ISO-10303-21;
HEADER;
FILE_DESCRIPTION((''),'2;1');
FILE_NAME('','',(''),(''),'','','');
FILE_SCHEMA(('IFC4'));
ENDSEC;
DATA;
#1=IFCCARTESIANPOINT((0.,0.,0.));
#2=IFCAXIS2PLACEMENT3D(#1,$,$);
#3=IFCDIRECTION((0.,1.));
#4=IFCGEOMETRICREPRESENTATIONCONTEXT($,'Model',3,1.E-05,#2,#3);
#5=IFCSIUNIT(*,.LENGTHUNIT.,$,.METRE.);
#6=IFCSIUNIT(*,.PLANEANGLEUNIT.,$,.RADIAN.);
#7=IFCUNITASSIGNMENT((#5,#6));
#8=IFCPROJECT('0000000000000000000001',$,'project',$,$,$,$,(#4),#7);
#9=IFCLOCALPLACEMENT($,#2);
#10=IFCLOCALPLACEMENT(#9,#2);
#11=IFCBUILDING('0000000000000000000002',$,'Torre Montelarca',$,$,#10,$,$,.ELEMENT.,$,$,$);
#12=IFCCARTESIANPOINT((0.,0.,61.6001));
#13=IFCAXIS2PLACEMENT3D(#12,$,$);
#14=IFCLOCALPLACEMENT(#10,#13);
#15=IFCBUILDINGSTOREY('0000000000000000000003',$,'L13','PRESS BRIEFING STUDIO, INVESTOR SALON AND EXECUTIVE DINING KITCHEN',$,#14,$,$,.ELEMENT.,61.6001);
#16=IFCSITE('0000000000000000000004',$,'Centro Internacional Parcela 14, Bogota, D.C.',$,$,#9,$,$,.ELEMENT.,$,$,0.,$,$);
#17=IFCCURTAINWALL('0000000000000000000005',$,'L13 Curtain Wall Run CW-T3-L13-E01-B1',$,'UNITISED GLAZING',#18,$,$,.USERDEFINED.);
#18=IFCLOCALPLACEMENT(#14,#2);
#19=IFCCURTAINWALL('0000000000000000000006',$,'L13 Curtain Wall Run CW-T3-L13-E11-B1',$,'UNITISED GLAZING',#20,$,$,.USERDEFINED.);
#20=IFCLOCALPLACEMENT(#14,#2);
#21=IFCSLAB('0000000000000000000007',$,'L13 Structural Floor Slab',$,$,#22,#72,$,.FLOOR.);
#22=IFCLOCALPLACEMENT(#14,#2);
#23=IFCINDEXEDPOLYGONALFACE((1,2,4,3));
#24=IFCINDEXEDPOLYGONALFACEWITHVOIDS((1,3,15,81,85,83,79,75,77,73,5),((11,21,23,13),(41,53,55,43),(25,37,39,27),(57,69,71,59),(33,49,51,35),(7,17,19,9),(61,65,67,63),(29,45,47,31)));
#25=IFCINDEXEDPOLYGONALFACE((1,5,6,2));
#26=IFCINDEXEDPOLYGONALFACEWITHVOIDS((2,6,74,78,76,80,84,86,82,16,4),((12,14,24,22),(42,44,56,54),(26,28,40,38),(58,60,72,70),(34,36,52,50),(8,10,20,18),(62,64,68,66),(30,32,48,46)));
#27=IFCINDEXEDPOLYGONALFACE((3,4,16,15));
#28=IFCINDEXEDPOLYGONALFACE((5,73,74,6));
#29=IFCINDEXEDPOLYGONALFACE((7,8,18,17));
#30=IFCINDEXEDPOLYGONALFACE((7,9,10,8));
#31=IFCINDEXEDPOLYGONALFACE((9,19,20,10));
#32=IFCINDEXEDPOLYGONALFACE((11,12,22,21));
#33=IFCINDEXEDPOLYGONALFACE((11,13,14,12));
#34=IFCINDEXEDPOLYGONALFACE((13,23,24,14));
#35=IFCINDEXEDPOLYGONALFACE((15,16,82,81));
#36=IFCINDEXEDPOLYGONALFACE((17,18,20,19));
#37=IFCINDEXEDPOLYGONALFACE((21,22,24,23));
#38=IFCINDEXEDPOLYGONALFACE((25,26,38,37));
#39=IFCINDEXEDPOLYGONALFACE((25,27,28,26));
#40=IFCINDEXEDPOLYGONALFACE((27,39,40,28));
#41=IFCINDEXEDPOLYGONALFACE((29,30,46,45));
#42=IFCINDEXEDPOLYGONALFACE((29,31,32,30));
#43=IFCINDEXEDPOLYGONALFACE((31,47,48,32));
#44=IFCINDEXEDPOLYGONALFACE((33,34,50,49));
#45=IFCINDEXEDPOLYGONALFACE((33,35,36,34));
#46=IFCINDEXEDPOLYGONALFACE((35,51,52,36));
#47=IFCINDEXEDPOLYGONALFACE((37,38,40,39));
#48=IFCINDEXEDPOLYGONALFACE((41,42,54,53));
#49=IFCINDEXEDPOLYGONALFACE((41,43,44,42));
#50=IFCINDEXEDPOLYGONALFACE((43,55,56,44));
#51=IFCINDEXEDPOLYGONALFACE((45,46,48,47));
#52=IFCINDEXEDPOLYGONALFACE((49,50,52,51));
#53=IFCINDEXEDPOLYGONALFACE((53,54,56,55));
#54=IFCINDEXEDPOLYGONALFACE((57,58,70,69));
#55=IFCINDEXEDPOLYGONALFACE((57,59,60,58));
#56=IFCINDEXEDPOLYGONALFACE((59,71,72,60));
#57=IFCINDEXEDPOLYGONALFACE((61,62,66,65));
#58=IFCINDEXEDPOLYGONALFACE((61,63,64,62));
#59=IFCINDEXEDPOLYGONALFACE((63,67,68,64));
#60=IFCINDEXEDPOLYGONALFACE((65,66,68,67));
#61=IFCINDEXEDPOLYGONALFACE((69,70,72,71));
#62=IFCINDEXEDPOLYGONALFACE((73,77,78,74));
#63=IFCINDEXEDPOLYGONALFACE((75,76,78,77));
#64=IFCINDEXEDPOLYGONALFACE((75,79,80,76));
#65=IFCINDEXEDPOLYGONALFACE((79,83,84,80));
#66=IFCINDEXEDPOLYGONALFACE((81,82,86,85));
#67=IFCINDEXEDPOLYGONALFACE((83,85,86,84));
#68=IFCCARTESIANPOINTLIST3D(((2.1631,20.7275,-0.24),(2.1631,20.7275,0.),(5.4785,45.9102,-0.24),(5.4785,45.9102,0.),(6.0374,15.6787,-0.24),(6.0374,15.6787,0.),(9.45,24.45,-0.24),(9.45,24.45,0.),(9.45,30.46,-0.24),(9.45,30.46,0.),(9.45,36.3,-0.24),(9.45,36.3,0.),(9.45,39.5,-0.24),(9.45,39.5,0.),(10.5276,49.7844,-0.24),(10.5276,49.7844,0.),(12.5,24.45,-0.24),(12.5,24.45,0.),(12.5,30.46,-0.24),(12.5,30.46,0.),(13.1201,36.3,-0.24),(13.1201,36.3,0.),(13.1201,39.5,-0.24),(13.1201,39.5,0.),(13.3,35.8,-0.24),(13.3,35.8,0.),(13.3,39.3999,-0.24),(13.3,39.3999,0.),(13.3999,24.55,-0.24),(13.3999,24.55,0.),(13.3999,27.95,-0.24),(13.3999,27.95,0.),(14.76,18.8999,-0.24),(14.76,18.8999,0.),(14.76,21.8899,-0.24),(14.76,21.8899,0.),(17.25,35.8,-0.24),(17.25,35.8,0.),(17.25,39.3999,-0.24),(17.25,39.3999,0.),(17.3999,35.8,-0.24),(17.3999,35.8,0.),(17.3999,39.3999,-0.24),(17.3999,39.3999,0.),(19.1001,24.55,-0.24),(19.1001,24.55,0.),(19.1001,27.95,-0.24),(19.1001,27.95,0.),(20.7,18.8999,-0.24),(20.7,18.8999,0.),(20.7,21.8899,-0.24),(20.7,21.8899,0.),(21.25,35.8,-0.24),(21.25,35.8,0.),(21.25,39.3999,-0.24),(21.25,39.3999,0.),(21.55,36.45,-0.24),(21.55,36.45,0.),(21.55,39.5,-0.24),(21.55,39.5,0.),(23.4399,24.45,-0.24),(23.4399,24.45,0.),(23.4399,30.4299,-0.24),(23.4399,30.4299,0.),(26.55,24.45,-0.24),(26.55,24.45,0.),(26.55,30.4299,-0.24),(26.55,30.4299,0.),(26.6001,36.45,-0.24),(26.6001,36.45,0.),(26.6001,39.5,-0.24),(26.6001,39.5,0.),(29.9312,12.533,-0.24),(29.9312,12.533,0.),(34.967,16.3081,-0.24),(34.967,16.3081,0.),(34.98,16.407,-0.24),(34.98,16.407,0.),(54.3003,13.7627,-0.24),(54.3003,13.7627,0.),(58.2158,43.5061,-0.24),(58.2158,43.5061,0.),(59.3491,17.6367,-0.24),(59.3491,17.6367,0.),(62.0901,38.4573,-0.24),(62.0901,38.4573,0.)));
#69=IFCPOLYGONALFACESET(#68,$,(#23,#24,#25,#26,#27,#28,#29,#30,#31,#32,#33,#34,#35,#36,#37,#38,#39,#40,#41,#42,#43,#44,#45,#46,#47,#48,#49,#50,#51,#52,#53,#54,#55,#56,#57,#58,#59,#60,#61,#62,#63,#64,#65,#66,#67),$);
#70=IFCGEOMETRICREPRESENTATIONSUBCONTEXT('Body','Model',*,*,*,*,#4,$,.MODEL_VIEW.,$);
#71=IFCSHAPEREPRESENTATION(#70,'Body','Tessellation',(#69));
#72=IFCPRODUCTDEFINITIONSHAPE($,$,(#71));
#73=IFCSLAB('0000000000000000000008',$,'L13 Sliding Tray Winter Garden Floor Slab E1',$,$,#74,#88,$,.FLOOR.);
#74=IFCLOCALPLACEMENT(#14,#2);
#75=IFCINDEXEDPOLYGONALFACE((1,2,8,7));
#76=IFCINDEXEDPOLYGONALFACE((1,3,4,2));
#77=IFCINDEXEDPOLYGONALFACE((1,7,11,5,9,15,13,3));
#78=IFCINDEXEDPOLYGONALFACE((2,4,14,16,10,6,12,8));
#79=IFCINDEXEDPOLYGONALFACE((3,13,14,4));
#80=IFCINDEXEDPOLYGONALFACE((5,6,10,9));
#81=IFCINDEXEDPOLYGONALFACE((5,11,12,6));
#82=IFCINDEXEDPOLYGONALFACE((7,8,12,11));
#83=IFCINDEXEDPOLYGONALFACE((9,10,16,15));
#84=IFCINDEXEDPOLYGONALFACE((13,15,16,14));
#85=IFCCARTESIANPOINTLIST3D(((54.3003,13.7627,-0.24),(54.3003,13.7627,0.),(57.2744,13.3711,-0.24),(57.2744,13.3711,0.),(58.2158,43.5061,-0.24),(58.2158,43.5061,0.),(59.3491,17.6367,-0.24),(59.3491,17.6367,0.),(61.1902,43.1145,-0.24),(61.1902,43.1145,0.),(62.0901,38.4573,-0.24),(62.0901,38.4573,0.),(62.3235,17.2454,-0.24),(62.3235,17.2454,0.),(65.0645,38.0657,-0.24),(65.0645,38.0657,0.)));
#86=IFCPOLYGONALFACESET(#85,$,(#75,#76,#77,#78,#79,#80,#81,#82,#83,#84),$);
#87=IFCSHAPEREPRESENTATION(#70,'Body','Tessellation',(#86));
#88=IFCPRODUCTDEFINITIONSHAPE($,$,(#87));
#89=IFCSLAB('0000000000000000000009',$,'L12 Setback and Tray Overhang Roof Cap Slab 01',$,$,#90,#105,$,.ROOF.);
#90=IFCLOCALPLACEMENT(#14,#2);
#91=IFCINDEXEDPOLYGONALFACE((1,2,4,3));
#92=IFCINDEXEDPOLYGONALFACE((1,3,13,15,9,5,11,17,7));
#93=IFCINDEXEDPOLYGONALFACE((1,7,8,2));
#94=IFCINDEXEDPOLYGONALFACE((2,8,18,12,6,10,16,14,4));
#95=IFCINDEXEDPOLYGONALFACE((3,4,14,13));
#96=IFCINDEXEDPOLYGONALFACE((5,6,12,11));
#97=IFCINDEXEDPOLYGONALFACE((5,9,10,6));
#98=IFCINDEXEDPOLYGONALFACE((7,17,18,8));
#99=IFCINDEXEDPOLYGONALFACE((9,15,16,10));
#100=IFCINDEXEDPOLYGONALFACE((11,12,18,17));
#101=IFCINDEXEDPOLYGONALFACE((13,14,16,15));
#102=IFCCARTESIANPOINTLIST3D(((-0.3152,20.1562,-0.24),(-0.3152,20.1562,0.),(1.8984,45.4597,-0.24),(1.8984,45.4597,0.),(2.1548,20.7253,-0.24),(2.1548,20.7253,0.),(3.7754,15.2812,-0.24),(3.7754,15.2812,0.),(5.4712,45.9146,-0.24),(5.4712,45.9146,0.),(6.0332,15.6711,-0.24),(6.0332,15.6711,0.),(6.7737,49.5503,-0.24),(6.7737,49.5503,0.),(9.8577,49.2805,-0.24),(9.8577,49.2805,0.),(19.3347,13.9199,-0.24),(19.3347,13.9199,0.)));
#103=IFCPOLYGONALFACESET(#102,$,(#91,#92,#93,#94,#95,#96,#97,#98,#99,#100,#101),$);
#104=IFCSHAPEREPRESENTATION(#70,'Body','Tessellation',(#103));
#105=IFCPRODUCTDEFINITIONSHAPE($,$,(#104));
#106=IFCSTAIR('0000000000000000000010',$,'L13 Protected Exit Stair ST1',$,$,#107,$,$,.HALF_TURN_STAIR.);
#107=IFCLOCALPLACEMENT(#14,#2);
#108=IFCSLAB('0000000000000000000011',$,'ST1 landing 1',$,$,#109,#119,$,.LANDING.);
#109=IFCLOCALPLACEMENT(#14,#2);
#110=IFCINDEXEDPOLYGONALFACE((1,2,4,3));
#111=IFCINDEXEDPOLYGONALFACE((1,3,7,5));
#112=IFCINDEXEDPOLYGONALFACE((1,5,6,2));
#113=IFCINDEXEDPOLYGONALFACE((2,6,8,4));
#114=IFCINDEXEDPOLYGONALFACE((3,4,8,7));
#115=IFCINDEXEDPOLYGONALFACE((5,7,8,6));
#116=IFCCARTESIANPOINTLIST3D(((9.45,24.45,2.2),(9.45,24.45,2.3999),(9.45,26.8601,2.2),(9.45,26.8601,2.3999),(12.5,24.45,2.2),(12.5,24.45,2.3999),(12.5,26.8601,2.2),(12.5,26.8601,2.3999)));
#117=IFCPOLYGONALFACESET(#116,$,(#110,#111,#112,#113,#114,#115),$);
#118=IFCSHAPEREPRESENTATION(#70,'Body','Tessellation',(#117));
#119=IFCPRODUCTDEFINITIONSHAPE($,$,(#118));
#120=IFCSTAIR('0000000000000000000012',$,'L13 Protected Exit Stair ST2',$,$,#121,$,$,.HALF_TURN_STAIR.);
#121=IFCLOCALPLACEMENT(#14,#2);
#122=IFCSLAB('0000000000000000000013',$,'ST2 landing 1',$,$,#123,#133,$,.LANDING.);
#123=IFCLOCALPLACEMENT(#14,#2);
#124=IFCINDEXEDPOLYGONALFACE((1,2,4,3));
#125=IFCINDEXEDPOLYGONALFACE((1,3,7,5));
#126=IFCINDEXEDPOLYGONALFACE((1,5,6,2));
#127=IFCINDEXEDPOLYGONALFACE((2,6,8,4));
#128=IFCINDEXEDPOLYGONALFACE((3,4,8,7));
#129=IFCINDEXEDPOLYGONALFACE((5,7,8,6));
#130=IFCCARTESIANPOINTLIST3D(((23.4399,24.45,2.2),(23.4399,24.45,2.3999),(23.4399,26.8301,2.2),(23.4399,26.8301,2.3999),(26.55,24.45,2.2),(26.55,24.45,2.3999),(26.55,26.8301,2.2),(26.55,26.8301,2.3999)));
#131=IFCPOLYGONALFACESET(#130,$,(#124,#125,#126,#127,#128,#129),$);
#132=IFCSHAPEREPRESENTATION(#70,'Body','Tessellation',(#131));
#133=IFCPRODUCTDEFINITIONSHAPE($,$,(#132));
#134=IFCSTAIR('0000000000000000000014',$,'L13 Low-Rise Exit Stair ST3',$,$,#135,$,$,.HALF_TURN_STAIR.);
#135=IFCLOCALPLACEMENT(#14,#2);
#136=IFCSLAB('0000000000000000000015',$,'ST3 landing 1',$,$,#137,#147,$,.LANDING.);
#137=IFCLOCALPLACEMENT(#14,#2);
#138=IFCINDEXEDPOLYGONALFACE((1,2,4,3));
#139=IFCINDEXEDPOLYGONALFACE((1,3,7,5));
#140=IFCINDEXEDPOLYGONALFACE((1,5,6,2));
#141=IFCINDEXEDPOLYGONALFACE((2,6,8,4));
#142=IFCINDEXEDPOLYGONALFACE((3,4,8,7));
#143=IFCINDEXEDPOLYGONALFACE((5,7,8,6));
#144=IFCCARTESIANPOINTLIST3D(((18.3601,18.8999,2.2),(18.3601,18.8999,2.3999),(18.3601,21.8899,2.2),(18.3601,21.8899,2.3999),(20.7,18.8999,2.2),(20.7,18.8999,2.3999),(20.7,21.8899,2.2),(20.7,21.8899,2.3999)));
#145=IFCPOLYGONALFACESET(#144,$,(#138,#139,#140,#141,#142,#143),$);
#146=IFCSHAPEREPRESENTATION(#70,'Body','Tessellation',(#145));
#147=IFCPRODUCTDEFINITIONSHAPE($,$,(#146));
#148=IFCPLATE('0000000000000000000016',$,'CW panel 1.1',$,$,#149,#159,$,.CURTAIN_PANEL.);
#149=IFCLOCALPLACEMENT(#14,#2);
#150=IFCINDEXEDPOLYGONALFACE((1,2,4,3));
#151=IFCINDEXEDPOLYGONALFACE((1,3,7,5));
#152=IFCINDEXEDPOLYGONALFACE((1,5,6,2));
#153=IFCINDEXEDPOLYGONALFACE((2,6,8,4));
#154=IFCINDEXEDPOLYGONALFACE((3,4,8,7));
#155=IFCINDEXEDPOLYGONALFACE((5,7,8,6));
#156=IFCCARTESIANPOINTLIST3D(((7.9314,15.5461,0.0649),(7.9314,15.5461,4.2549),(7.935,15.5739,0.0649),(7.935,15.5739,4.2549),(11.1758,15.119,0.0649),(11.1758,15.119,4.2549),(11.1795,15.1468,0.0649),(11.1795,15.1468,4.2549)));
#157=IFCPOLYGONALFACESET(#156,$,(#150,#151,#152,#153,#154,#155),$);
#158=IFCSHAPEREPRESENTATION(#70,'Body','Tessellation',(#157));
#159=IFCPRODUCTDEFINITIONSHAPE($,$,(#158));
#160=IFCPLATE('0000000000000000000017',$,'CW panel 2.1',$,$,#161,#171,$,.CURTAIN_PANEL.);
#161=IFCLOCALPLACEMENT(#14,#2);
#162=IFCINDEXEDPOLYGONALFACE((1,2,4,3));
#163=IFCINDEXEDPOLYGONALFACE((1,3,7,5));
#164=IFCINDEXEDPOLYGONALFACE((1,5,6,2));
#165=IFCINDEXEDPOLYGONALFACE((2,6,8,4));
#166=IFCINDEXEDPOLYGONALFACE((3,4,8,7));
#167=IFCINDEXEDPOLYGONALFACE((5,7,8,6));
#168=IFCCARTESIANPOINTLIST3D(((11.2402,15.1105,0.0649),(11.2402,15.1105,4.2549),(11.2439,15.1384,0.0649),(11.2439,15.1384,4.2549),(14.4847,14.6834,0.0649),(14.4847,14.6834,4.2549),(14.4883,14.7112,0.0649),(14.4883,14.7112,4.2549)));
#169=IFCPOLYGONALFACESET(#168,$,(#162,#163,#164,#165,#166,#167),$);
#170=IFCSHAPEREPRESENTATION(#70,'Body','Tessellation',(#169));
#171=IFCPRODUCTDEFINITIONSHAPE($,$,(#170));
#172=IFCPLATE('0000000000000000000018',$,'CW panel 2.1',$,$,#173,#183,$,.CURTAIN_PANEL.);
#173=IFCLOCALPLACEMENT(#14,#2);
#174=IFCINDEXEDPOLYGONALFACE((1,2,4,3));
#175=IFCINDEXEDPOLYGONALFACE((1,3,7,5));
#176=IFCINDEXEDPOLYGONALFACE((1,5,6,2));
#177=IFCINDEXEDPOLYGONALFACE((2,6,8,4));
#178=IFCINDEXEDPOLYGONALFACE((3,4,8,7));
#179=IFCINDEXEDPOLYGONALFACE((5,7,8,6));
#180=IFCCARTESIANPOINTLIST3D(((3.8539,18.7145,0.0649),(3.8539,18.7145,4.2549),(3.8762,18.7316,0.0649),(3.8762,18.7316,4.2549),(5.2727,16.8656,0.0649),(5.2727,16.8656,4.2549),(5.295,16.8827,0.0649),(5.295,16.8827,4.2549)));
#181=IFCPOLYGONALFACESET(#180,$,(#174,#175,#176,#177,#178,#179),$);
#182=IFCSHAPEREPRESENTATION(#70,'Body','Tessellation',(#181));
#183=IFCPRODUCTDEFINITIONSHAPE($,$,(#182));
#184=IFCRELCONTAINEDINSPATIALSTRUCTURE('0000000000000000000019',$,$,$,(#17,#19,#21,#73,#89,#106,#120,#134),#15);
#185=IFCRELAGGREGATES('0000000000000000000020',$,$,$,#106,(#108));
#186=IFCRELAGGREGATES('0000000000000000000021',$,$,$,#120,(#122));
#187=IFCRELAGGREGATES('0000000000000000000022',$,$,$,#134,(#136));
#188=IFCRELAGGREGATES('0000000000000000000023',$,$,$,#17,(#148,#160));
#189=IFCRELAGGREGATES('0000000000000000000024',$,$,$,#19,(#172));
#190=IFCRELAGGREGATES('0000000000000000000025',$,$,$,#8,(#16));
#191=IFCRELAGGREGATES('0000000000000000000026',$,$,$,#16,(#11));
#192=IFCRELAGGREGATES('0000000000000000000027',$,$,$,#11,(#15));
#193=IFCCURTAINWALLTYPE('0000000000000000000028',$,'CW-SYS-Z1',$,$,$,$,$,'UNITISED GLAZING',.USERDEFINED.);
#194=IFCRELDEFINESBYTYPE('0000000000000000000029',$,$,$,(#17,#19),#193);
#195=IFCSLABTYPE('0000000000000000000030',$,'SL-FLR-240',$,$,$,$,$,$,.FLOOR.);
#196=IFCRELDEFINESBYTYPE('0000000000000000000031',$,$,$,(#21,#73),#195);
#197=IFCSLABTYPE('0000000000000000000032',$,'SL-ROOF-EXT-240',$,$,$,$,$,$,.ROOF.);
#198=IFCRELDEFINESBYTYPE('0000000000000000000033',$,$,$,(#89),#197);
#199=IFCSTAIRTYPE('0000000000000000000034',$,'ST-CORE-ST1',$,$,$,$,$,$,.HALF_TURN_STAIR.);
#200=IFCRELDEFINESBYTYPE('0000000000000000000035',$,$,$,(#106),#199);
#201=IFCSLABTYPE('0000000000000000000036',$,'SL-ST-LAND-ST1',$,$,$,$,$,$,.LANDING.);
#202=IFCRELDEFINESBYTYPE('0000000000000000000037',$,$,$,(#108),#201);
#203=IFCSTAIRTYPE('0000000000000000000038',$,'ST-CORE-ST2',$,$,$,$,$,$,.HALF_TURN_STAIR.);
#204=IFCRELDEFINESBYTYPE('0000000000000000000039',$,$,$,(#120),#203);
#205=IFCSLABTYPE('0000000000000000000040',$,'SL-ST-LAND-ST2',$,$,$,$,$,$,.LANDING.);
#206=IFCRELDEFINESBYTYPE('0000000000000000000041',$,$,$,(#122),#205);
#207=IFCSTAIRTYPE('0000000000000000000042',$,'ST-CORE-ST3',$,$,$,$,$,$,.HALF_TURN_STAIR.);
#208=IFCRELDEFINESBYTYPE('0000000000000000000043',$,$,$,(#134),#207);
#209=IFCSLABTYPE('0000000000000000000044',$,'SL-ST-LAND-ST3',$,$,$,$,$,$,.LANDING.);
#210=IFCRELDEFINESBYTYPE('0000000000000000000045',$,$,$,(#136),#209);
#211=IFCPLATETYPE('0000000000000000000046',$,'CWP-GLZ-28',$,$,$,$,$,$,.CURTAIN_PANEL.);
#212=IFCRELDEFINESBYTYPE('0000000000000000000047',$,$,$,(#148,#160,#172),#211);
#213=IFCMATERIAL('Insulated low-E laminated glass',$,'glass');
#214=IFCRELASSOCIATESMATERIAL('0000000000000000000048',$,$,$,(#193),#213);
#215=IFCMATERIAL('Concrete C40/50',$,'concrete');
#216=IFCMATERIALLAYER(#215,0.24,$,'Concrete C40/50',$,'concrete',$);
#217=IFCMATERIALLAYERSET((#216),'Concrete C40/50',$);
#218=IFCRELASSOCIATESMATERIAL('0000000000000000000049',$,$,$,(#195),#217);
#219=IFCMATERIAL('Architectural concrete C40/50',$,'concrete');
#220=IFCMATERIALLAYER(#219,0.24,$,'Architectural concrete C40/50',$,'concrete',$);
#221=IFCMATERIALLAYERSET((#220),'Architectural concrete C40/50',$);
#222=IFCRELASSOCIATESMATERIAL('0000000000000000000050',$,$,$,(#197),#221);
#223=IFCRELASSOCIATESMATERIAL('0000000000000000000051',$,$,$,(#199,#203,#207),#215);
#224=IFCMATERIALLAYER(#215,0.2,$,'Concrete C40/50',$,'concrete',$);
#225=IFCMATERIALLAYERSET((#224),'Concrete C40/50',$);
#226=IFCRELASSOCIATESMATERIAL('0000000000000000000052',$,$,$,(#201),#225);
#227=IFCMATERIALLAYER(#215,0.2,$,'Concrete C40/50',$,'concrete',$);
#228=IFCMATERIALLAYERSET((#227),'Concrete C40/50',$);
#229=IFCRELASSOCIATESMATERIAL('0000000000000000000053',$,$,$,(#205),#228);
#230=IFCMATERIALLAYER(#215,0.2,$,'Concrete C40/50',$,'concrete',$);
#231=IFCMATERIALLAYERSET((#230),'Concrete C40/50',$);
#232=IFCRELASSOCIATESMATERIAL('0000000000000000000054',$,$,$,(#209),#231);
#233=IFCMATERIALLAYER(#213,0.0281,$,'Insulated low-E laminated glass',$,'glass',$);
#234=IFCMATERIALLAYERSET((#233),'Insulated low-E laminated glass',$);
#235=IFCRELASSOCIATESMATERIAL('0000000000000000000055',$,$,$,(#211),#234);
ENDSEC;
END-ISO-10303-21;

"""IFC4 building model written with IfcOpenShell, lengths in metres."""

from ifc_helpers import new_model, si_unit, direction, frame, origin, origin_2d, place, context, subcontext, project, spatial, polyline, rectangle, outline, extrude, source, transform, mapped, material, layer, layer_set, type_object, element, aggregate, save


model = new_model("IFC4")

# Units and contexts
model_context = context("Model", 3, precision=1e-05, world=origin(), true_north=direction((0.0, 1.0)))
body_context = subcontext(model_context, "Body", "Model", "MODEL_VIEW")
ifc_project = project(units=[si_unit("LENGTHUNIT", "METRE"), si_unit("PLANEANGLEUNIT", "RADIAN")], contexts=[model_context])

# Site, building, storey
site_placement = place(None, origin())
site = spatial("IfcSite", under=ifc_project, at=site_placement, Name="Centro Internacional Parcela 14, Bogota, D.C.", CompositionType="ELEMENT", RefElevation=0.0)
building_placement = place(site_placement, origin())
building = spatial("IfcBuilding", under=site, at=building_placement, Name="Torre Montelarca", CompositionType="ELEMENT")
storey_placement = place(building_placement, frame((0.0, 0.0, 61.6001)))
storey = spatial("IfcBuildingStorey", under=building, at=storey_placement, Name="L13", Description="PRESS BRIEFING STUDIO, INVESTOR SALON AND EXECUTIVE DINING KITCHEN", CompositionType="ELEMENT", Elevation=61.6001)

# Curtain walls
ifc_material_1 = material(Name="Insulated low-E laminated glass", Category="glass")
curtain_wall_type = type_object("IfcCurtainWallType", Name="CW-SYS-Z1", ElementType="UNITISED GLAZING", PredefinedType="USERDEFINED", material=ifc_material_1)
curtain_wall_1_placement = place(storey_placement, origin())
curtain_wall_1 = element("IfcCurtainWall", 1, at=curtain_wall_1_placement, inside=storey, type_object=curtain_wall_type, Name="L13 Curtain Wall Run CW-T3-L13-E01-B1", ObjectType="UNITISED GLAZING", PredefinedType="USERDEFINED")
curtain_wall_2_placement = place(storey_placement, origin())
curtain_wall_2 = element("IfcCurtainWall", 2, at=curtain_wall_2_placement, inside=storey, type_object=curtain_wall_type, Name="L13 Curtain Wall Run CW-T3-L13-E11-B1", ObjectType="UNITISED GLAZING", PredefinedType="USERDEFINED")

# Slabs
ifc_material_2 = material(Name="Concrete C40/50", Category="concrete")
ifc_layer_1 = layer(ifc_material_2, 0.24, Name="Concrete C40/50", Category="concrete")
ifc_layer_set_1 = layer_set([ifc_layer_1], Name="Concrete C40/50")
slab_type_1 = type_object("IfcSlabType", Name="SL-FLR-240", PredefinedType="FLOOR", material=ifc_layer_set_1)
slab_1_placement = place(storey_placement, frame((0.0, 0.0, -0.24)))
element("IfcSlab", 3, at=slab_1_placement, inside=storey, type_object=slab_type_1, Name="L13 Structural Floor Slab", PredefinedType="FLOOR", context=body_context, shape_type="SweptSolid", body=[
    extrude(outline(polyline([(29.9312, 12.533), (34.98, 16.407), (34.967, 16.3081), (54.3003, 13.7627), (59.3491, 17.6367), (62.0901, 38.4573), (58.2158, 43.5061), (10.5276, 49.7844), (5.4785, 45.9102), (2.1631, 20.7275), (6.0374, 15.6787), (29.9312, 12.533)]), holes=[polyline([(20.7, 18.8999), (14.76, 18.8999), (14.76, 21.8899), (20.7, 21.8899), (20.7, 18.8999)]), polyline([(19.1001, 24.55), (13.3999, 24.55), (13.3999, 27.95), (19.1001, 27.95), (19.1001, 24.55)]), polyline([(23.4399, 24.45), (23.4399, 30.4299), (26.55, 30.4299), (26.55, 24.45), (23.4399, 24.45)]), polyline([(9.45, 24.45), (9.45, 30.46), (12.5, 30.46), (12.5, 24.45), (9.45, 24.45)]), polyline([(17.25, 35.8), (13.3, 35.8), (13.3, 39.3999), (17.25, 39.3999), (17.25, 35.8)]), polyline([(21.25, 35.8), (17.3999, 35.8), (17.3999, 39.3999), (21.25, 39.3999), (21.25, 35.8)]), polyline([(13.1201, 36.3), (9.45, 36.3), (9.45, 39.5), (13.1201, 39.5), (13.1201, 36.3)]), polyline([(26.6001, 36.45), (21.55, 36.45), (21.55, 39.5), (26.6001, 39.5), (26.6001, 36.45)])]), origin(), (0.0, 0.0, 1.0), 0.24),
])
slab_2_placement = place(storey_placement, frame((0.0, 0.0, -0.24)))
element("IfcSlab", 4, at=slab_2_placement, inside=storey, type_object=slab_type_1, Name="L13 Sliding Tray Winter Garden Floor Slab E1", PredefinedType="FLOOR", context=body_context, shape_type="SweptSolid", body=[
    extrude(outline(polyline([(58.2158, 43.5061), (62.0901, 38.4573), (59.3491, 17.6367), (54.3003, 13.7627), (57.2744, 13.3711), (62.3235, 17.2454), (65.0645, 38.0657), (61.1902, 43.1145), (58.2158, 43.5061)])), origin(), (0.0, 0.0, 1.0), 0.24),
])
ifc_material_3 = material(Name="Architectural concrete C40/50", Category="concrete")
ifc_layer_2 = layer(ifc_material_3, 0.24, Name="Architectural concrete C40/50", Category="concrete")
ifc_layer_set_2 = layer_set([ifc_layer_2], Name="Architectural concrete C40/50")
slab_type_2 = type_object("IfcSlabType", Name="SL-ROOF-EXT-240", PredefinedType="ROOF", material=ifc_layer_set_2)
slab_3_placement = place(storey_placement, frame((0.0, 0.0, -0.24)))
element("IfcSlab", 5, at=slab_3_placement, inside=storey, type_object=slab_type_2, Name="L12 Setback and Tray Overhang Roof Cap Slab 01", PredefinedType="ROOF", context=body_context, shape_type="SweptSolid", body=[
    extrude(outline(polyline([(6.0332, 15.6711), (2.1548, 20.7253), (5.4712, 45.9146), (9.8577, 49.2805), (6.7737, 49.5503), (1.8984, 45.4597), (-0.3152, 20.1562), (3.7754, 15.2812), (19.3347, 13.9199), (6.0332, 15.6711)])), origin(), (0.0, 0.0, 1.0), 0.24),
])

# Stairs, slabs
stair_type_1 = type_object("IfcStairType", Name="ST-CORE-ST1", PredefinedType="HALF_TURN_STAIR", material=ifc_material_2)
stair_1_placement = place(storey_placement, origin())
stair_1 = element("IfcStair", 6, at=stair_1_placement, inside=storey, type_object=stair_type_1, Name="L13 Protected Exit Stair ST1", PredefinedType="HALF_TURN_STAIR")
ifc_layer_3 = layer(ifc_material_2, 0.2, Name="Concrete C40/50", Category="concrete")
ifc_layer_set_3 = layer_set([ifc_layer_3], Name="Concrete C40/50")
slab_type_3 = type_object("IfcSlabType", Name="SL-ST-LAND-ST1", PredefinedType="LANDING", material=ifc_layer_set_3)
slab_4_placement = place(storey_placement, frame((0.0, 0.0, 2.2)))
slab_4 = element("IfcSlab", 7, at=slab_4_placement, type_object=slab_type_3, Name="ST1 landing 1", PredefinedType="LANDING", context=body_context, shape_type="SweptSolid", body=[
    extrude(outline(polyline([(9.45, 26.8601), (9.45, 24.45), (12.5, 24.45), (12.5, 26.8601), (9.45, 26.8601)])), origin(), (0.0, 0.0, 1.0), 0.2),
])
aggregate(stair_1, [slab_4])
stair_type_2 = type_object("IfcStairType", Name="ST-CORE-ST2", PredefinedType="HALF_TURN_STAIR", material=ifc_material_2)
stair_2_placement = place(storey_placement, origin())
stair_2 = element("IfcStair", 8, at=stair_2_placement, inside=storey, type_object=stair_type_2, Name="L13 Protected Exit Stair ST2", PredefinedType="HALF_TURN_STAIR")
ifc_layer_4 = layer(ifc_material_2, 0.2, Name="Concrete C40/50", Category="concrete")
ifc_layer_set_4 = layer_set([ifc_layer_4], Name="Concrete C40/50")
slab_type_4 = type_object("IfcSlabType", Name="SL-ST-LAND-ST2", PredefinedType="LANDING", material=ifc_layer_set_4)
slab_5_placement = place(storey_placement, frame((0.0, 0.0, 2.2)))
slab_5 = element("IfcSlab", 9, at=slab_5_placement, type_object=slab_type_4, Name="ST2 landing 1", PredefinedType="LANDING", context=body_context, shape_type="SweptSolid", body=[
    extrude(outline(polyline([(23.4399, 26.8301), (23.4399, 24.45), (26.55, 24.45), (26.55, 26.8301), (23.4399, 26.8301)])), origin(), (0.0, 0.0, 1.0), 0.2),
])
aggregate(stair_2, [slab_5])
stair_type_3 = type_object("IfcStairType", Name="ST-CORE-ST3", PredefinedType="HALF_TURN_STAIR", material=ifc_material_2)
stair_3_placement = place(storey_placement, origin())
stair_3 = element("IfcStair", 10, at=stair_3_placement, inside=storey, type_object=stair_type_3, Name="L13 Low-Rise Exit Stair ST3", PredefinedType="HALF_TURN_STAIR")
ifc_layer_5 = layer(ifc_material_2, 0.2, Name="Concrete C40/50", Category="concrete")
ifc_layer_set_5 = layer_set([ifc_layer_5], Name="Concrete C40/50")
slab_type_5 = type_object("IfcSlabType", Name="SL-ST-LAND-ST3", PredefinedType="LANDING", material=ifc_layer_set_5)
slab_6_placement = place(storey_placement, frame((0.0, 0.0, 2.2)))
slab_6 = element("IfcSlab", 11, at=slab_6_placement, type_object=slab_type_5, Name="ST3 landing 1", PredefinedType="LANDING", context=body_context, shape_type="SweptSolid", body=[
    extrude(outline(polyline([(18.3601, 18.8999), (20.7, 18.8999), (20.7, 21.8899), (18.3601, 21.8899), (18.3601, 18.8999)])), origin(), (0.0, 0.0, 1.0), 0.2),
])
aggregate(stair_3, [slab_6])

# Plates
ifc_layer_6 = layer(ifc_material_1, 0.0281, Name="Insulated low-E laminated glass", Category="glass")
ifc_layer_set_6 = layer_set([ifc_layer_6], Name="Insulated low-E laminated glass")
plate_type = type_object("IfcPlateType", Name="CWP-GLZ-28", PredefinedType="CURTAIN_PANEL", material=ifc_layer_set_6)
shared_shape_1 = source(origin(), body_context, "Body", "SweptSolid", [
    extrude(rectangle(XDim=3.2725, YDim=0.0281, at=origin_2d()), origin(), (0.0, 0.0, 1.0), 4.1899),
])
plate_1_placement = place(storey_placement, frame((9.5554, 15.3464, 0.0649), z_axis=(0.0, 0.0, 1.0), x_axis=(0.991446, -0.13052, 0.0)))
plate_1 = element("IfcPlate", 12, at=plate_1_placement, type_object=plate_type, Name="CW panel 1.1", PredefinedType="CURTAIN_PANEL", context=body_context, shape_type="MappedRepresentation", body=[
    mapped(shared_shape_1, transform((0.0, 0.0, 0.0), scale=1.0)),
])
plate_2_placement = place(storey_placement, frame((12.8643, 14.9109, 0.0649), z_axis=(0.0, 0.0, 1.0), x_axis=(0.991446, -0.13052, 0.0)))
plate_2 = element("IfcPlate", 13, at=plate_2_placement, type_object=plate_type, Name="CW panel 2.1", PredefinedType="CURTAIN_PANEL", context=body_context, shape_type="MappedRepresentation", body=[
    mapped(shared_shape_1, transform((0.0, 0.0, 0.0), scale=1.0)),
])
aggregate(curtain_wall_1, [plate_1, plate_2])
shared_shape_2 = source(origin(), body_context, "Body", "SweptSolid", [
    extrude(rectangle(XDim=2.3306, YDim=0.0281, at=origin_2d()), origin(), (0.0, 0.0, 1.0), 4.1899),
])
plate_3_placement = place(storey_placement, frame((4.5745, 17.7986, 0.0649), z_axis=(0.0, 0.0, 1.0), x_axis=(0.608771, -0.793346, 0.0)))
plate_3 = element("IfcPlate", 14, at=plate_3_placement, type_object=plate_type, Name="CW panel 2.1", PredefinedType="CURTAIN_PANEL", context=body_context, shape_type="MappedRepresentation", body=[
    mapped(shared_shape_2, transform((0.0, 0.0, 0.0), scale=1.0)),
])
aggregate(curtain_wall_2, [plate_3])

save(model, "model.ifc")
